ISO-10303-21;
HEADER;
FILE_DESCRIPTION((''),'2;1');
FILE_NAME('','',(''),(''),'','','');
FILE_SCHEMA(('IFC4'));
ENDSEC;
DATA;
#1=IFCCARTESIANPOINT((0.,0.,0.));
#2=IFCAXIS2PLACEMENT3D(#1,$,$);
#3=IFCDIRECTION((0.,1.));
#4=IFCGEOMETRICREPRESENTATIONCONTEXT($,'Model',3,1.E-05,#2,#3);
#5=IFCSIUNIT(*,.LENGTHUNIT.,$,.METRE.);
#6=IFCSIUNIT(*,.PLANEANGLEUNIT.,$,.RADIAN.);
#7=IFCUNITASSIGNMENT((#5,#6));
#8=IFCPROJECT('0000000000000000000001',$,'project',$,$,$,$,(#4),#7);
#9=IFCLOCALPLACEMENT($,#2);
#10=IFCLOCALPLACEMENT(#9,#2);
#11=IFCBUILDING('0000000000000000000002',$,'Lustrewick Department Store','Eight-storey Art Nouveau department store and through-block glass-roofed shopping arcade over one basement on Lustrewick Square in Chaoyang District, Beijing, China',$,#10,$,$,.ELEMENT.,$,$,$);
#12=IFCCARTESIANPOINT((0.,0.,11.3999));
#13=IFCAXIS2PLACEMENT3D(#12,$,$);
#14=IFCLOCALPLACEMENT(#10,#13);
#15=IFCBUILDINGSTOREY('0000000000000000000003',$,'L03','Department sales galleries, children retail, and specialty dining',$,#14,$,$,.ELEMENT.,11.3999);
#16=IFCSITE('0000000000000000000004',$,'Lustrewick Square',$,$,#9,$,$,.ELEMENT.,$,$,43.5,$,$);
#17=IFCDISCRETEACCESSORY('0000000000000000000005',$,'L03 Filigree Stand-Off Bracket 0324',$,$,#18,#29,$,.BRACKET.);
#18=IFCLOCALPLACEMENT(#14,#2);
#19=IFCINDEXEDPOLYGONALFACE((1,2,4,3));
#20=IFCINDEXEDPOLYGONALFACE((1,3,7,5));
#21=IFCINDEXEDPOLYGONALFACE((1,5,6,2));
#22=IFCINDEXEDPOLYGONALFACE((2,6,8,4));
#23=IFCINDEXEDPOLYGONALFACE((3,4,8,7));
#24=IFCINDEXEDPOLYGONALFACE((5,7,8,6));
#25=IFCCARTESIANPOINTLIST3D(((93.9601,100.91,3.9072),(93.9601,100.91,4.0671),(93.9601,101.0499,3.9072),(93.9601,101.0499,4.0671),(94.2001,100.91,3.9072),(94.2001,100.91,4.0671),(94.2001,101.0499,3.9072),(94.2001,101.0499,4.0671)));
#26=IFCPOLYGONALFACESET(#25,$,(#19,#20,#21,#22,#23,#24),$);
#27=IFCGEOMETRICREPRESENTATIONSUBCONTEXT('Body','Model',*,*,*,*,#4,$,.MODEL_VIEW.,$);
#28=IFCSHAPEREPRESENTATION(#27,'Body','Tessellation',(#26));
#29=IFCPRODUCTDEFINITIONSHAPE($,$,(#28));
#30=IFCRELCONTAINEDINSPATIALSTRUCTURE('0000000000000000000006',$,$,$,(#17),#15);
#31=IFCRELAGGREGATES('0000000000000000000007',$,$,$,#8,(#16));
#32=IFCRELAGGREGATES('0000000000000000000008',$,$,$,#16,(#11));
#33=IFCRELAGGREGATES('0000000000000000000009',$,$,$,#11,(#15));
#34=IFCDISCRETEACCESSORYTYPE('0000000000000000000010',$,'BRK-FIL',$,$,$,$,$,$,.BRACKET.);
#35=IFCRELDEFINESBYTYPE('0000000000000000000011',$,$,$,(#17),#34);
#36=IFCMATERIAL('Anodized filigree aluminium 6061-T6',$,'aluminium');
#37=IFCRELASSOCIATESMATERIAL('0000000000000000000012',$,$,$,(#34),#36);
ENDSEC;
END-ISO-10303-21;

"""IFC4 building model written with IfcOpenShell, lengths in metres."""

from ifc_helpers import new_model, si_unit, direction, frame, origin, origin_2d, place, context, subcontext, project, spatial, rectangle, extrude, material, type_object, element, save


model = new_model("IFC4")

# Units and contexts
model_context = context("Model", 3, precision=1e-05, world=origin(), true_north=direction((0.0, 1.0)))
body_context = subcontext(model_context, "Body", "Model", "MODEL_VIEW")
ifc_project = project(units=[si_unit("LENGTHUNIT", "METRE"), si_unit("PLANEANGLEUNIT", "RADIAN")], contexts=[model_context])

# Site, building, storey
site_placement = place(None, origin())
site = spatial("IfcSite", under=ifc_project, at=site_placement, Name="Lustrewick Square", CompositionType="ELEMENT", RefElevation=43.5)
building_placement = place(site_placement, origin())
building = spatial("IfcBuilding", under=site, at=building_placement, Name="Lustrewick Department Store", Description="Eight-storey Art Nouveau department store and through-block glass-roofed shopping arcade over one basement on Lustrewick Square in Chaoyang District, Beijing, China", CompositionType="ELEMENT")
storey_placement = place(building_placement, frame((0.0, 0.0, 11.3999)))
storey = spatial("IfcBuildingStorey", under=building, at=storey_placement, Name="L03", Description="Department sales galleries, children retail, and specialty dining", CompositionType="ELEMENT", Elevation=11.3999)

# Discrete accessory
ifc_material_1 = material(Name="Anodized filigree aluminium 6061-T6", Category="aluminium")
discrete_accessory_type = type_object("IfcDiscreteAccessoryType", Name="BRK-FIL", PredefinedType="BRACKET", material=ifc_material_1)
for number, where, z_axis, x_axis, name in (
    (1, (94.0801, 100.98, 3.9072), (0.0, 0.0, 1.0), (-1.0, 0.0, 0.0), "L03 Filigree Stand-Off Bracket 0324"),
):
    element("IfcDiscreteAccessory", number, at=place(storey_placement, frame(where, z_axis=z_axis, x_axis=x_axis)), inside=storey, type_object=discrete_accessory_type, Name=name, PredefinedType="BRACKET", context=body_context, shape_type="SweptSolid", body=[
        extrude(rectangle(XDim=0.24, YDim=0.1399, at=origin_2d()), origin(), (0.0, 0.0, 1.0), 0.1599),
    ])

save(model, "model.ifc")
